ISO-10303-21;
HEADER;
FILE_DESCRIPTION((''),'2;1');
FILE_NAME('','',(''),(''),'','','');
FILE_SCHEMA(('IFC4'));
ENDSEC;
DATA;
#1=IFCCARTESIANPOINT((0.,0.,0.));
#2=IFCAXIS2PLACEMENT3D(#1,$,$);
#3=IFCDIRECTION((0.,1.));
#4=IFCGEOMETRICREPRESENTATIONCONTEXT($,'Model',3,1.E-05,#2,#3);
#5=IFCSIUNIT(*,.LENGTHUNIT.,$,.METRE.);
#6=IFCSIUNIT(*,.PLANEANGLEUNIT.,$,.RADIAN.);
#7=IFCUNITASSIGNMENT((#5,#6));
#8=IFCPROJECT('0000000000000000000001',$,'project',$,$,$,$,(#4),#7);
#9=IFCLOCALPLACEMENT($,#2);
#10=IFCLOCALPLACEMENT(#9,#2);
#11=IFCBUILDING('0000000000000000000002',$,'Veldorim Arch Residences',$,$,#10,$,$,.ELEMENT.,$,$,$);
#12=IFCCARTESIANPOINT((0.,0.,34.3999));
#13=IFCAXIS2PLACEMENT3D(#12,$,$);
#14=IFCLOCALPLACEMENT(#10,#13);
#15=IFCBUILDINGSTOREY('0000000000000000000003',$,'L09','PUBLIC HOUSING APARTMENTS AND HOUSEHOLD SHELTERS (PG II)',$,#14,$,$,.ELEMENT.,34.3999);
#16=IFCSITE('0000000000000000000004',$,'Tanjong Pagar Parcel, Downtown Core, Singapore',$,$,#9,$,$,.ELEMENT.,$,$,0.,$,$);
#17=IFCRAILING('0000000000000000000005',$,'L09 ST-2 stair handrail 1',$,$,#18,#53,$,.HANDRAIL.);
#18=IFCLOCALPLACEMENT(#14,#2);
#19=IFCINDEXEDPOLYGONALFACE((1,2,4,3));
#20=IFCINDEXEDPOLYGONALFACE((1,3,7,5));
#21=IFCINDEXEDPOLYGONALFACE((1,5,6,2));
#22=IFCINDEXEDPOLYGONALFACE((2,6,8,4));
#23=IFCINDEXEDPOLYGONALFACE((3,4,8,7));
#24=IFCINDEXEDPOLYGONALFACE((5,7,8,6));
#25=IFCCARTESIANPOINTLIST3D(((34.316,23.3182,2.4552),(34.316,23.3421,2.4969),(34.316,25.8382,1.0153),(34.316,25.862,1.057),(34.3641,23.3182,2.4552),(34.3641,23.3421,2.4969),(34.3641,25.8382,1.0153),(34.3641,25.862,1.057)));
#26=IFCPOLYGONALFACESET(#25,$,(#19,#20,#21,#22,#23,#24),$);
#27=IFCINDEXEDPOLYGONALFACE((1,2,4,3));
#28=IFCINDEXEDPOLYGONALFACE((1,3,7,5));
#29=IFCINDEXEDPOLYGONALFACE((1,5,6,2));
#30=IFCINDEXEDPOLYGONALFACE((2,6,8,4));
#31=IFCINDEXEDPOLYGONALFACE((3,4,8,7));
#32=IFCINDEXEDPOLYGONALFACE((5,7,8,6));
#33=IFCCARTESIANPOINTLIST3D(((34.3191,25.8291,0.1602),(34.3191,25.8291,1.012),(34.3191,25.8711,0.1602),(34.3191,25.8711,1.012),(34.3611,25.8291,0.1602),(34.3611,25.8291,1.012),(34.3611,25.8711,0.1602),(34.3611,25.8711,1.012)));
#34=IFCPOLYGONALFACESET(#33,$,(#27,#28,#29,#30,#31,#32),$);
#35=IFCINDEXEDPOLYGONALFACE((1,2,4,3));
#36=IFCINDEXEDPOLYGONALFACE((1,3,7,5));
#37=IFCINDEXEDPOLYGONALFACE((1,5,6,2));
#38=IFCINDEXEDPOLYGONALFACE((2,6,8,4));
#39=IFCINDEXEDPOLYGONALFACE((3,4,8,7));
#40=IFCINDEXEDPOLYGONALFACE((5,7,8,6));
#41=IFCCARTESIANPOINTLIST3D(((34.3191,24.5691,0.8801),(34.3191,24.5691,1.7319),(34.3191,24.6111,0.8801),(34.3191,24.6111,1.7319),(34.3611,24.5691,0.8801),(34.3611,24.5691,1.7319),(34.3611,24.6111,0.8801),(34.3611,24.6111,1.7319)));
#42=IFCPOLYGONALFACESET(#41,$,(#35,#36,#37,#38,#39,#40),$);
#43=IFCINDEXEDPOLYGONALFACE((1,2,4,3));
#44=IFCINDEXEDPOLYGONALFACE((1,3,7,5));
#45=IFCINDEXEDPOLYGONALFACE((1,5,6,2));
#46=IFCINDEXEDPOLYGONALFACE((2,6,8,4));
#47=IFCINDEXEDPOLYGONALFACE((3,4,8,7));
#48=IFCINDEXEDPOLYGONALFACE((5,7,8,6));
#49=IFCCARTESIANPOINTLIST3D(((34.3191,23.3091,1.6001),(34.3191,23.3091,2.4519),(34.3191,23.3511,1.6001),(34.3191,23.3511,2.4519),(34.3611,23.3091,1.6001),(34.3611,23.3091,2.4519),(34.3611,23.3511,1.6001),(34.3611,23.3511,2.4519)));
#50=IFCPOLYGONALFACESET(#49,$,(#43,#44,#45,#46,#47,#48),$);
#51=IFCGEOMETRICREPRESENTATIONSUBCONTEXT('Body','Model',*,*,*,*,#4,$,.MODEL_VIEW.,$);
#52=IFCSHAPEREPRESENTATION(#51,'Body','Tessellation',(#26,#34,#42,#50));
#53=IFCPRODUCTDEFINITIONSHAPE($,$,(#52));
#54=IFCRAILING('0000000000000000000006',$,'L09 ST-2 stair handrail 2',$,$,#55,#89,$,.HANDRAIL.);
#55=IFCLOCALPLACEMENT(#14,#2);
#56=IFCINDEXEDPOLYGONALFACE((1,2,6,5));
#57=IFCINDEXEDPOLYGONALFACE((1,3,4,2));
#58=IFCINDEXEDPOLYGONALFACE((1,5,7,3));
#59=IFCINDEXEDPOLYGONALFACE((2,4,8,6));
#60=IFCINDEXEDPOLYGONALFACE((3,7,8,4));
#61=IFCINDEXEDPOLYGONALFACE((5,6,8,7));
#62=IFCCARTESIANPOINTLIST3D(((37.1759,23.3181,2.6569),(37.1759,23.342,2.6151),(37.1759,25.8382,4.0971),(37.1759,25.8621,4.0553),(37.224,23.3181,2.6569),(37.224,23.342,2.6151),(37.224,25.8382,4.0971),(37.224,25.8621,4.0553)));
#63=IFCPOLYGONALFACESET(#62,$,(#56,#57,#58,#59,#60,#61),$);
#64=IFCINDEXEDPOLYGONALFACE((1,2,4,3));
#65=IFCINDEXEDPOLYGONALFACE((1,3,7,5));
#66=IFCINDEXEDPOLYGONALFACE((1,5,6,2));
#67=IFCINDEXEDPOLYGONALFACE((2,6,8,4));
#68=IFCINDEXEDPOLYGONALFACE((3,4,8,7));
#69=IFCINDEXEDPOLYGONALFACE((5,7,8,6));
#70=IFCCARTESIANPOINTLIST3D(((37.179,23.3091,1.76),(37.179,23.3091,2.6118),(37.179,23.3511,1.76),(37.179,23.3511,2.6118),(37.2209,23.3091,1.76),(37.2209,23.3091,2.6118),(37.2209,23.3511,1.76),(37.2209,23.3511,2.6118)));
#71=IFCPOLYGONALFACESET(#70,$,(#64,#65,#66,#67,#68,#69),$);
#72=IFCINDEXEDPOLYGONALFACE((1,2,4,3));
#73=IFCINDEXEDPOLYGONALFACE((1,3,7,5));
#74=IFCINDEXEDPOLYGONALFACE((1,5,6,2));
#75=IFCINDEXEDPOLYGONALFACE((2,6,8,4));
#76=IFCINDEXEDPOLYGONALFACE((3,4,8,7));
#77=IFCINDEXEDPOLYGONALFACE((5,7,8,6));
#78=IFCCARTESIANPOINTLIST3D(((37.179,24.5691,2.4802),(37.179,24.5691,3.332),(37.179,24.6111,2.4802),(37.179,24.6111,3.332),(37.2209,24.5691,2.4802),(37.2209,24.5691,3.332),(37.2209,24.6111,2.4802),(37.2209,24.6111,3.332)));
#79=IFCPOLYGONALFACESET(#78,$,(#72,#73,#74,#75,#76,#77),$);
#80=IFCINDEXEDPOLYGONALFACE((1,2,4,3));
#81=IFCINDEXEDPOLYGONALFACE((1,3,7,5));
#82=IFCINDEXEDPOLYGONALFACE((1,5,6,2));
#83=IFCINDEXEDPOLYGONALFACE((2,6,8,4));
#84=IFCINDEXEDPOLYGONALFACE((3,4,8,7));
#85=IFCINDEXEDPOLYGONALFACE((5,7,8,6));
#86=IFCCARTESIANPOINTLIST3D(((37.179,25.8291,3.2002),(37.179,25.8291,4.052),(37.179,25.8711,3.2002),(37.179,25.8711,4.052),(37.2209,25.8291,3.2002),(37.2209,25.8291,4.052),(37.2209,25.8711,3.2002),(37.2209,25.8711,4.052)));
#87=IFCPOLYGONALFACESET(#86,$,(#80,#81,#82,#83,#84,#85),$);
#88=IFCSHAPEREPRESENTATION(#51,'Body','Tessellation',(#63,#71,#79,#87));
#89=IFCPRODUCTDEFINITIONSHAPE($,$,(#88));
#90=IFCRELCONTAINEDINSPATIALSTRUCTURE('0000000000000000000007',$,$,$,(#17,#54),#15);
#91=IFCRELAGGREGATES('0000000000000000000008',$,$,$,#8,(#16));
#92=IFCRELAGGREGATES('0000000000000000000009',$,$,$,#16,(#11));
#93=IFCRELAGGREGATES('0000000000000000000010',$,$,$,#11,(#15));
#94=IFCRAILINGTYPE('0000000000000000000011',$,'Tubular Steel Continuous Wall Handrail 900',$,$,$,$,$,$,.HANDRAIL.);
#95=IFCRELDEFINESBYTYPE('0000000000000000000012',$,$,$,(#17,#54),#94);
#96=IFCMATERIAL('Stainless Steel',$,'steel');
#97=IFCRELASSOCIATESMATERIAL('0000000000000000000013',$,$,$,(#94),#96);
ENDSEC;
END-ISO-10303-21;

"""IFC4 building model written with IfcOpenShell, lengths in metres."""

from ifc_helpers import new_model, si_unit, direction, frame, origin, origin_2d, place, context, subcontext, project, spatial, rectangle, extrude, material, type_object, element, save


model = new_model("IFC4")

# Units and contexts
model_context = context("Model", 3, precision=1e-05, world=origin(), true_north=direction((0.0, 1.0)))
body_context = subcontext(model_context, "Body", "Model", "MODEL_VIEW")
ifc_project = project(units=[si_unit("LENGTHUNIT", "METRE"), si_unit("PLANEANGLEUNIT", "RADIAN")], contexts=[model_context])

# Site, building, storey
site_placement = place(None, origin())
site = spatial("IfcSite", under=ifc_project, at=site_placement, Name="Tanjong Pagar Parcel, Downtown Core, Singapore", CompositionType="ELEMENT", RefElevation=0.0)
building_placement = place(site_placement, origin())
building = spatial("IfcBuilding", under=site, at=building_placement, Name="Veldorim Arch Residences", CompositionType="ELEMENT")
storey_placement = place(building_placement, frame((0.0, 0.0, 34.3999)))
storey = spatial("IfcBuildingStorey", under=building, at=storey_placement, Name="L09", Description="PUBLIC HOUSING APARTMENTS AND HOUSEHOLD SHELTERS (PG II)", CompositionType="ELEMENT", Elevation=34.3999)

# Railings
ifc_material_1 = material(Name="Stainless Steel", Category="steel")
railing_type_1 = type_object("IfcRailingType", Name="Tubular Steel Continuous Wall Handrail 900", PredefinedType="HANDRAIL", material=ifc_material_1)
railing_1_placement = place(storey_placement, frame((34.3401, 25.8501, 0.1602)))
element("IfcRailing", 1, at=railing_1_placement, inside=storey, type_object=railing_type_1, Name="L09 ST-2 stair handrail 1", PredefinedType="HANDRAIL", context=body_context, shape_type="SweptSolid", body=[
    extrude(rectangle(XDim=0.0481, YDim=0.0481, at=origin_2d()), frame((0.0, 0.0, 0.876), z_axis=(0.0, -0.868253, 0.496121), x_axis=(1.0, 0.0, 0.0)), (0.0, 0.0, 1.0), 2.9023),
    extrude(rectangle(XDim=0.042, YDim=0.042, at=origin_2d()), origin(), (0.0, 0.0, 1.0), 0.8518),
    extrude(rectangle(XDim=0.042, YDim=0.042, at=origin_2d()), frame((0.0, -1.26, 0.72)), (0.0, 0.0, 1.0), 0.8518),
    extrude(rectangle(XDim=0.042, YDim=0.042, at=origin_2d()), frame((0.0, -2.52, 1.4399)), (0.0, 0.0, 1.0), 0.8518),
])
railing_2_placement = place(storey_placement, frame((37.2, 23.3301, 1.76)))
element("IfcRailing", 2, at=railing_2_placement, inside=storey, type_object=railing_type_1, Name="L09 ST-2 stair handrail 2", PredefinedType="HANDRAIL", context=body_context, shape_type="SweptSolid", body=[
    extrude(rectangle(XDim=0.0481, YDim=0.0481, at=origin_2d()), frame((0.0, 0.0, 0.876), z_axis=(0.0, 0.868217, 0.496184), x_axis=(-1.0, 0.0, 0.0)), (0.0, 0.0, 1.0), 2.9026),
    extrude(rectangle(XDim=0.042, YDim=0.042, at=origin_2d()), origin(), (0.0, 0.0, 1.0), 0.8518),
    extrude(rectangle(XDim=0.042, YDim=0.042, at=origin_2d()), frame((0.0, 1.26, 0.7202)), (0.0, 0.0, 1.0), 0.8518),
    extrude(rectangle(XDim=0.042, YDim=0.042, at=origin_2d()), frame((0.0, 2.52, 1.4402)), (0.0, 0.0, 1.0), 0.8518),
])

save(model, "model.ifc")
